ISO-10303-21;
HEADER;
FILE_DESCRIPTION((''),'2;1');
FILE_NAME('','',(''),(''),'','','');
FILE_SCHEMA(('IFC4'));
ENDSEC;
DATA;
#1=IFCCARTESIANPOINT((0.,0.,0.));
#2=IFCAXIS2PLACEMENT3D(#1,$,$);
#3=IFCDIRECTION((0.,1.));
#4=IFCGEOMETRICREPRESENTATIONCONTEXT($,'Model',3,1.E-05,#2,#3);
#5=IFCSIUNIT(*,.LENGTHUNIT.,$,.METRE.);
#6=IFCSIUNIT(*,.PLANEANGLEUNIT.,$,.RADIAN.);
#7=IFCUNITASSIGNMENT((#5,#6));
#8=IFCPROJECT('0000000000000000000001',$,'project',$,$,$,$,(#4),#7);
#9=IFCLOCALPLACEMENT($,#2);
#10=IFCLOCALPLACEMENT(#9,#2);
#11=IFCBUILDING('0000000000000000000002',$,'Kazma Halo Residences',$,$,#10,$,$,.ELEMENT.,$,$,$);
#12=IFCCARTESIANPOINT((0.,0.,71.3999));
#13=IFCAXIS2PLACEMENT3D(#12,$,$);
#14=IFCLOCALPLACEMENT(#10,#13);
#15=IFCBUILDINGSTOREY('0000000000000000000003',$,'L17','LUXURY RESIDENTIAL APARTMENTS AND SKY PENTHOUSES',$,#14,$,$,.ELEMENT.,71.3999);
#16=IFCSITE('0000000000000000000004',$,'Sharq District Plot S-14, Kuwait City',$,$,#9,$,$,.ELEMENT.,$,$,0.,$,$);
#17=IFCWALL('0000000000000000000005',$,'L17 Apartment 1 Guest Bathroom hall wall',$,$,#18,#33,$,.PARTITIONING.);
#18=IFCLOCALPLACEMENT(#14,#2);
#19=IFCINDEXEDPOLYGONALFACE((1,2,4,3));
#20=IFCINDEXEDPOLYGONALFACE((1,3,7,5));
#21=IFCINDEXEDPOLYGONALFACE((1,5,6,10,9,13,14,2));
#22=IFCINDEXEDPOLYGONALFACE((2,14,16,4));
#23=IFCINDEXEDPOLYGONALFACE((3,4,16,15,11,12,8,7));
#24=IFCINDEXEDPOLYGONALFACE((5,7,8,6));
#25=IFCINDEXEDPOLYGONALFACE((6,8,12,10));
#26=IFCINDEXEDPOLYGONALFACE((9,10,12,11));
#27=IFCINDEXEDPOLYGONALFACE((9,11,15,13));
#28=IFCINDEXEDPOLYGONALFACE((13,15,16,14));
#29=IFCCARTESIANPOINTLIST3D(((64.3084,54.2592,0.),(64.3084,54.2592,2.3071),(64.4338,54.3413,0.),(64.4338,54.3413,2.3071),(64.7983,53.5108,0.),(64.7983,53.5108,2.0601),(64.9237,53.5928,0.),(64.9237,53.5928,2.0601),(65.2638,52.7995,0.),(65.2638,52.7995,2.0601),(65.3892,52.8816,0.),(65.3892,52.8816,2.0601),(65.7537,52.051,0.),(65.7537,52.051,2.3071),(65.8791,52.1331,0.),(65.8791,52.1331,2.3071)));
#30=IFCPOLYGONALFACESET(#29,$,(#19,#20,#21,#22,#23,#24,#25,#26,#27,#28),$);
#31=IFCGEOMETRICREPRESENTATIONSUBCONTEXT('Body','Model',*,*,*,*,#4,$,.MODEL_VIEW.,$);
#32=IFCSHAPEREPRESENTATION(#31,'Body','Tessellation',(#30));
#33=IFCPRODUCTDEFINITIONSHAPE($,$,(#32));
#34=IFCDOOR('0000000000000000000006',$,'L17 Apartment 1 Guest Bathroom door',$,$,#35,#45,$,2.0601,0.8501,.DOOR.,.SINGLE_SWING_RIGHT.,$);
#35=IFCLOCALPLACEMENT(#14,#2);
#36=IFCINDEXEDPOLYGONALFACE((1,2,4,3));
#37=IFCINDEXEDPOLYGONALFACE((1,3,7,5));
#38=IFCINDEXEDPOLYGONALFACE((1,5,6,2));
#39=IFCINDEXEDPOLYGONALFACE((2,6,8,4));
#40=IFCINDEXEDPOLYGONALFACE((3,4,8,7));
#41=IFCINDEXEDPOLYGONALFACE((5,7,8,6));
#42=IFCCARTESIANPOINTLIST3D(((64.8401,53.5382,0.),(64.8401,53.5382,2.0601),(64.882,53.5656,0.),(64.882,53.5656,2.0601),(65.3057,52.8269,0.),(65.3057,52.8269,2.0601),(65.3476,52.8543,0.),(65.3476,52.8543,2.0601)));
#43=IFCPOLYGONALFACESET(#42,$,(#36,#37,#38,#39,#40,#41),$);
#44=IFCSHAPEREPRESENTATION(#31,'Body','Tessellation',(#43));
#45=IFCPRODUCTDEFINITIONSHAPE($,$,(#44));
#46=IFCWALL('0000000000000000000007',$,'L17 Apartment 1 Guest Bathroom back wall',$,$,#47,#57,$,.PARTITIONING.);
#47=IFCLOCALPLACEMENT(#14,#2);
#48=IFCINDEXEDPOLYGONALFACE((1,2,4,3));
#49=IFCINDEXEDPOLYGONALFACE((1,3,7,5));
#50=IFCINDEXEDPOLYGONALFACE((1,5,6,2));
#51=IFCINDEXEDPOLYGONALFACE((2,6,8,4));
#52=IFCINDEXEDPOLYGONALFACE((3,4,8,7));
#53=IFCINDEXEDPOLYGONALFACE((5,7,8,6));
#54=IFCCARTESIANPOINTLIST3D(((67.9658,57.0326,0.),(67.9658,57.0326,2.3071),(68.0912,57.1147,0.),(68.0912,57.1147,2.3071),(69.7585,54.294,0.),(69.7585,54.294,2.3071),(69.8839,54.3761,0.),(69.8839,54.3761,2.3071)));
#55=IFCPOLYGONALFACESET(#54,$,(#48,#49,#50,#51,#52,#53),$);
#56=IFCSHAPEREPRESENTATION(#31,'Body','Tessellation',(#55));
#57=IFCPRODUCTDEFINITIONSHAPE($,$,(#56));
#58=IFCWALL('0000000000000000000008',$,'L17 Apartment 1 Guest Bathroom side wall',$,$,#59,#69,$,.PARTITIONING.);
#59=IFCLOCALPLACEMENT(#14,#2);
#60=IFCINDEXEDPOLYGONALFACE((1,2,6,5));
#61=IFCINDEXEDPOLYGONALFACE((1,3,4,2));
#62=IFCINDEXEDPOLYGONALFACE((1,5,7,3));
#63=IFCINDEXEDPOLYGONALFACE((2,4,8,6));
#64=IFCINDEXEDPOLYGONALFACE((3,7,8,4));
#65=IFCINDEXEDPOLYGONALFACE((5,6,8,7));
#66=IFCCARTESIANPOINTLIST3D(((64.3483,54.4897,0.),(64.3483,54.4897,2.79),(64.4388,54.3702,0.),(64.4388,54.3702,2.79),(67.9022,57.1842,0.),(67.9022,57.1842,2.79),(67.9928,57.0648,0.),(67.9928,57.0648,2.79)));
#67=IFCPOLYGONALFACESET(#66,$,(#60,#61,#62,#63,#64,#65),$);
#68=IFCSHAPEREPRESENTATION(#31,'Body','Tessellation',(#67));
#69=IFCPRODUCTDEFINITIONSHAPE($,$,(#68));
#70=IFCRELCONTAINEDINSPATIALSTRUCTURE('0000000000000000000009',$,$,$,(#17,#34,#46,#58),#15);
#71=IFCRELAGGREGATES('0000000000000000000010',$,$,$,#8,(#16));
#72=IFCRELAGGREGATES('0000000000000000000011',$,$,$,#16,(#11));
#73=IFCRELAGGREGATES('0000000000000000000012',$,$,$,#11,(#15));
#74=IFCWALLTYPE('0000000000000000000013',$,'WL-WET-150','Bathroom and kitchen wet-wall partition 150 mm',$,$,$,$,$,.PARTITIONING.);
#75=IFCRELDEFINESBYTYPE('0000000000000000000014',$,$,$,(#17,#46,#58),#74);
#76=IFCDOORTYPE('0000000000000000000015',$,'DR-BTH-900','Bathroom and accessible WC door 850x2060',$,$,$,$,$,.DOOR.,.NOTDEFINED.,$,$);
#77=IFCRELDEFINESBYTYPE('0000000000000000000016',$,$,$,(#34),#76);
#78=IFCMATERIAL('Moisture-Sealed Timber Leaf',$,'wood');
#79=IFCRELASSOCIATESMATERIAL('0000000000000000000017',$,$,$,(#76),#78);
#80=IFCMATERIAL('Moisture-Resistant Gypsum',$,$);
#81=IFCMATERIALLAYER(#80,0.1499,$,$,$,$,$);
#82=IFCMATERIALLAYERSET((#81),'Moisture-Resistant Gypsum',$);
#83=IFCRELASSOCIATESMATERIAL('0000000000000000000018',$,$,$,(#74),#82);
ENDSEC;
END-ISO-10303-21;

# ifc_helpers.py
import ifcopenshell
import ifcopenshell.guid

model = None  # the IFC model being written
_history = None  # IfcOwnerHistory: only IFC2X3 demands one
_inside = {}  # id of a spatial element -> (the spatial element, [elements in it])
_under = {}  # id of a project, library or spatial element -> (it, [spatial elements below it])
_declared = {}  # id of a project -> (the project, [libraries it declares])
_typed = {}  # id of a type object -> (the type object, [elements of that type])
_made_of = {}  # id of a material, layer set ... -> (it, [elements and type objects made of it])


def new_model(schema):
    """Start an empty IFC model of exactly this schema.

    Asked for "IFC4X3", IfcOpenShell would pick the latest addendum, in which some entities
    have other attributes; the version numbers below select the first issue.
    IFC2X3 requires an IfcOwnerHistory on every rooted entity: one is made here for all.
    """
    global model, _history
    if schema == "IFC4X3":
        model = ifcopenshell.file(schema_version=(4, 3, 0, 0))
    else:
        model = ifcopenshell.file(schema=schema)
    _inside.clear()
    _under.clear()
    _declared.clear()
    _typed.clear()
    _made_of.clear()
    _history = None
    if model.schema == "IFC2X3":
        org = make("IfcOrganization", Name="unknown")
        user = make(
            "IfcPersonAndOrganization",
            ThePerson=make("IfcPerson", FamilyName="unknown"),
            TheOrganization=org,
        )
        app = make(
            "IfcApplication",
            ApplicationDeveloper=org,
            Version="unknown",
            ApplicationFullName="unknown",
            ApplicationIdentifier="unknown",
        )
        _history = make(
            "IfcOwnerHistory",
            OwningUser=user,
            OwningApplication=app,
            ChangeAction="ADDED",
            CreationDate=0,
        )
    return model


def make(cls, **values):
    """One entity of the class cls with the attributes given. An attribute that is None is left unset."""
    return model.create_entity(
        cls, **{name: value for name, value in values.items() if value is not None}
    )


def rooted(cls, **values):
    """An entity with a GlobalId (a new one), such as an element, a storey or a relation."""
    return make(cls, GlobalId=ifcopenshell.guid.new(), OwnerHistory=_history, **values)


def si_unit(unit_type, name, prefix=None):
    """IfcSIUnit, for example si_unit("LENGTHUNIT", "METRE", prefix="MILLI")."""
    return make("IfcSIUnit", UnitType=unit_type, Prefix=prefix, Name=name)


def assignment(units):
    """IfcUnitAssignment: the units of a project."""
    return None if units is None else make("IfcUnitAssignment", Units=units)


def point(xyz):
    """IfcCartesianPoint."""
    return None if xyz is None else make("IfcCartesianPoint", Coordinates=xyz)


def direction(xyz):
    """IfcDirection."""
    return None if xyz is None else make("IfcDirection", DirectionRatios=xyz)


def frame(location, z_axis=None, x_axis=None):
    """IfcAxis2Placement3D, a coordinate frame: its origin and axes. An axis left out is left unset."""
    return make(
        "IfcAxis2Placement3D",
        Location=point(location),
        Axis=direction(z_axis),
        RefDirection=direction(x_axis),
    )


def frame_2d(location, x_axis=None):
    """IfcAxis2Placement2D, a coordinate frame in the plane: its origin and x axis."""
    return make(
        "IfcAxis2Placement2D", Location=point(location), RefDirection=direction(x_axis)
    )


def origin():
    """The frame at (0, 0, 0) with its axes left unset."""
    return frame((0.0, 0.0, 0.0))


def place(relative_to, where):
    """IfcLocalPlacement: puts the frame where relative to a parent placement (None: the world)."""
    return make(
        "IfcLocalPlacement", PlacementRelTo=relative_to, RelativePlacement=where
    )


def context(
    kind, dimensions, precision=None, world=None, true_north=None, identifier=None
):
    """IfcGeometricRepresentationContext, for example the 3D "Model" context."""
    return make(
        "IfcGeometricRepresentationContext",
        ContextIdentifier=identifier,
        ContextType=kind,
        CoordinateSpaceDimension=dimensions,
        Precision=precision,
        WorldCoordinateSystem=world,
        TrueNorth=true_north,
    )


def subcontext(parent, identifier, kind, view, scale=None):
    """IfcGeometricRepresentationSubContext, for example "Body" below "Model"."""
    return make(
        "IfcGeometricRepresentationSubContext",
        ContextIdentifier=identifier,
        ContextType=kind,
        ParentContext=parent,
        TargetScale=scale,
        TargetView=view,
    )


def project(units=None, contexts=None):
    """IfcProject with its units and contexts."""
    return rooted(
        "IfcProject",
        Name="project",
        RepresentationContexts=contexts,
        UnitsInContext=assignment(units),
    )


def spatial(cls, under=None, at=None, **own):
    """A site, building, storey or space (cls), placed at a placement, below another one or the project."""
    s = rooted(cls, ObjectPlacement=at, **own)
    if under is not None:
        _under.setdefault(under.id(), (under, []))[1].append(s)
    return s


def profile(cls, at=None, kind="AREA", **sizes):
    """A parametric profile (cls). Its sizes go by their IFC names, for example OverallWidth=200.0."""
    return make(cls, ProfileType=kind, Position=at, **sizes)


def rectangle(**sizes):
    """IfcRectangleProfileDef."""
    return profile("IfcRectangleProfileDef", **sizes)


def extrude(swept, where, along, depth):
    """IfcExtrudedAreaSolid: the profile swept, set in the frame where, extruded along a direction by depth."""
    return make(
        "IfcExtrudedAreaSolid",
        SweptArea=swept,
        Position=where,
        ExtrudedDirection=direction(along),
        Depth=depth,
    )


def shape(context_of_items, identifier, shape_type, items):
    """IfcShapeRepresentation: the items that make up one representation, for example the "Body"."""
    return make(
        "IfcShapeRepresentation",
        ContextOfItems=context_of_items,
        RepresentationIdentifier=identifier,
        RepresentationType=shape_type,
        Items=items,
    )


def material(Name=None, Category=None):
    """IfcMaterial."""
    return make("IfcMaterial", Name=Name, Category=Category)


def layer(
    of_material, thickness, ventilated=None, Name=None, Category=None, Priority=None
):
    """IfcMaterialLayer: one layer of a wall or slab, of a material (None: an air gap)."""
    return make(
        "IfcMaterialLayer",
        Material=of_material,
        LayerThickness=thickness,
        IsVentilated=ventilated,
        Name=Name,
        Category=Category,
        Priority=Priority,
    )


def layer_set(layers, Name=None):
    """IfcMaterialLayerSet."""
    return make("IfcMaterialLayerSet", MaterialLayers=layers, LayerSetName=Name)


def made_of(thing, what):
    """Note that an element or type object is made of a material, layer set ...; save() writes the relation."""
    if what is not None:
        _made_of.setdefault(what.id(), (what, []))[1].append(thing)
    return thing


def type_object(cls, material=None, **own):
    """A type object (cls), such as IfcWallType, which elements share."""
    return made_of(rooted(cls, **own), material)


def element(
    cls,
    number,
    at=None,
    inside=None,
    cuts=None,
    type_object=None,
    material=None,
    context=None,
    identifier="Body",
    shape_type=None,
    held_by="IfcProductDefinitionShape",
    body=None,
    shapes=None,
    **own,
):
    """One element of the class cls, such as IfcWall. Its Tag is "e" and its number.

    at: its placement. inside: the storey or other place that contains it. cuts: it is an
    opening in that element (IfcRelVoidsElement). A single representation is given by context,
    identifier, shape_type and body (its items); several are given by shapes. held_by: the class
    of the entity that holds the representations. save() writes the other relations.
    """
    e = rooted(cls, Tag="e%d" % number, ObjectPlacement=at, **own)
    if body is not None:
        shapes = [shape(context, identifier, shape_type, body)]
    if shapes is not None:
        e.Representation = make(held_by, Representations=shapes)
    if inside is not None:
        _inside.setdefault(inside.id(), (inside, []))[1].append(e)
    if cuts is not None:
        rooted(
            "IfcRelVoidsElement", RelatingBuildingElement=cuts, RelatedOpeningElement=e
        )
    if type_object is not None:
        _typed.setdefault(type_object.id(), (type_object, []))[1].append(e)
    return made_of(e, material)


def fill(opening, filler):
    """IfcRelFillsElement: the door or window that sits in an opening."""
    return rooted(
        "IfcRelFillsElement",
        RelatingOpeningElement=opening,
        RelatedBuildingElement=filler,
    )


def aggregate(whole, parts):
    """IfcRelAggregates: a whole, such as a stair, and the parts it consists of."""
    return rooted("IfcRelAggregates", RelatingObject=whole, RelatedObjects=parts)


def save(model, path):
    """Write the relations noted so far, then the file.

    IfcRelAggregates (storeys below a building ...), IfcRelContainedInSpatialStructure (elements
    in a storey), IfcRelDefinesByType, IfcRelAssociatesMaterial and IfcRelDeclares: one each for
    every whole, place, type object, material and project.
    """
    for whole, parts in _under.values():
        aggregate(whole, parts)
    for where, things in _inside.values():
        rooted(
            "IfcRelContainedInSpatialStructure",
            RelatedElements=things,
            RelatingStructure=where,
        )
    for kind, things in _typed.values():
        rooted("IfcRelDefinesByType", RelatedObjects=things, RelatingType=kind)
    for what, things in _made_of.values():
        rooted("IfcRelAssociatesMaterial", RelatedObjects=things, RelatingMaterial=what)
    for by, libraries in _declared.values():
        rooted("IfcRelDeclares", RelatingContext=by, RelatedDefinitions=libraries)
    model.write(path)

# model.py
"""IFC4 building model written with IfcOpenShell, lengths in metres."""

from ifc_helpers import new_model, si_unit, direction, frame, frame_2d, origin, place, context, subcontext, project, spatial, rectangle, extrude, material, layer, layer_set, type_object, element, fill, save


model = new_model("IFC4")

# Units and contexts
model_context = context("Model", 3, precision=1e-05, world=origin(), true_north=direction((0.0, 1.0)))
body_context = subcontext(model_context, "Body", "Model", "MODEL_VIEW")
ifc_project = project(units=[si_unit("LENGTHUNIT", "METRE"), si_unit("PLANEANGLEUNIT", "RADIAN")], contexts=[model_context])

# Site, building, storey
site_placement = place(None, origin())
site = spatial("IfcSite", under=ifc_project, at=site_placement, Name="Sharq District Plot S-14, Kuwait City", CompositionType="ELEMENT", RefElevation=0.0)
building_placement = place(site_placement, origin())
building = spatial("IfcBuilding", under=site, at=building_placement, Name="Kazma Halo Residences", CompositionType="ELEMENT")
storey_placement = place(building_placement, frame((0.0, 0.0, 71.3999)))
storey = spatial("IfcBuildingStorey", under=building, at=storey_placement, Name="L17", Description="LUXURY RESIDENTIAL APARTMENTS AND SKY PENTHOUSES", CompositionType="ELEMENT", Elevation=71.3999)

# Shared definitions
ifc_material_1 = material(Name="Moisture-Sealed Timber Leaf", Category="wood")
door_type_1 = type_object("IfcDoorType", Name="DR-BTH-900", Description="Bathroom and accessible WC door 850x2060", OperationType="NOTDEFINED", PredefinedType="DOOR", material=ifc_material_1)

# Wall, opening, door
ifc_material_2 = material(Name="Moisture-Resistant Gypsum")
ifc_layer_1 = layer(ifc_material_2, 0.1499)
ifc_layer_set_1 = layer_set([ifc_layer_1], Name="Moisture-Resistant Gypsum")
wall_type_1 = type_object("IfcWallType", Name="WL-WET-150", Description="Bathroom and kitchen wet-wall partition 150 mm", PredefinedType="PARTITIONING", material=ifc_layer_set_1)
wall_1_placement = place(storey_placement, frame((65.8164, 52.092, 0.0), z_axis=(0.0, 0.0, 1.0), x_axis=(-0.547636, 0.836717, 0.0)))
wall_1 = element("IfcWall", 1, at=wall_1_placement, inside=storey, type_object=wall_type_1, Name="L17 Apartment 1 Guest Bathroom hall wall", PredefinedType="PARTITIONING", context=body_context, shape_type="SweptSolid", body=[
    extrude(rectangle(XDim=2.6392, YDim=0.1499, at=frame_2d((1.3196, 0.0))), origin(), (0.0, 0.0, 1.0), 2.3071),
])
opening_1_placement = place(wall_1_placement, frame((0.8945, 0.0, 0.0)))
opening_1 = element("IfcOpeningElement", 2, at=opening_1_placement, cuts=wall_1, PredefinedType="OPENING", context=body_context, shape_type="SweptSolid", body=[
    extrude(rectangle(XDim=0.8501, YDim=2.0601, at=frame_2d((0.425, 1.03))), frame((0.0, 0.085, 0.0), z_axis=(0.0, -1.0, 0.0), x_axis=(1.0, 0.0, 0.0)), (0.0, 0.0, 1.0), 0.1699),
])
door_1_placement = place(opening_1_placement, origin())
door_1 = element("IfcDoor", 3, at=door_1_placement, inside=storey, type_object=door_type_1, Name="L17 Apartment 1 Guest Bathroom door", OperationType="SINGLE_SWING_RIGHT", OverallHeight=2.0601, OverallWidth=0.8501, PredefinedType="DOOR", context=body_context, shape_type="SweptSolid", body=[
    extrude(rectangle(XDim=0.8501, YDim=2.0601, at=frame_2d((0.425, 1.03))), frame((0.0, 0.0249, 0.0), z_axis=(0.0, -1.0, 0.0), x_axis=(1.0, 0.0, 0.0)), (0.0, 0.0, 1.0), 0.05),
])
fill(opening_1, door_1)

# Walls
wall_2_placement = place(storey_placement, frame((69.8213, 54.335, 0.0), z_axis=(0.0, 0.0, 1.0), x_axis=(-0.547709, 0.836669, 0.0)))
element("IfcWall", 4, at=wall_2_placement, inside=storey, type_object=wall_type_1, Name="L17 Apartment 1 Guest Bathroom back wall", PredefinedType="PARTITIONING", context=body_context, shape_type="SweptSolid", body=[
    extrude(rectangle(XDim=3.2732, YDim=0.1499, at=frame_2d((1.6367, 0.0))), origin(), (0.0, 0.0, 1.0), 2.3071),
])
wall_3_placement = place(storey_placement, frame((64.3936, 54.4299, 0.0), z_axis=(0.0, 0.0, 1.0), x_axis=(0.796856, 0.60417, 0.0)))
element("IfcWall", 5, at=wall_3_placement, inside=storey, type_object=wall_type_1, Name="L17 Apartment 1 Guest Bathroom side wall", PredefinedType="PARTITIONING", context=body_context, shape_type="SweptSolid", body=[
    extrude(rectangle(XDim=4.46, YDim=0.1499, at=frame_2d((2.23, 0.0))), origin(), (0.0, 0.0, 1.0), 2.79),
])

save(model, "model.ifc")
